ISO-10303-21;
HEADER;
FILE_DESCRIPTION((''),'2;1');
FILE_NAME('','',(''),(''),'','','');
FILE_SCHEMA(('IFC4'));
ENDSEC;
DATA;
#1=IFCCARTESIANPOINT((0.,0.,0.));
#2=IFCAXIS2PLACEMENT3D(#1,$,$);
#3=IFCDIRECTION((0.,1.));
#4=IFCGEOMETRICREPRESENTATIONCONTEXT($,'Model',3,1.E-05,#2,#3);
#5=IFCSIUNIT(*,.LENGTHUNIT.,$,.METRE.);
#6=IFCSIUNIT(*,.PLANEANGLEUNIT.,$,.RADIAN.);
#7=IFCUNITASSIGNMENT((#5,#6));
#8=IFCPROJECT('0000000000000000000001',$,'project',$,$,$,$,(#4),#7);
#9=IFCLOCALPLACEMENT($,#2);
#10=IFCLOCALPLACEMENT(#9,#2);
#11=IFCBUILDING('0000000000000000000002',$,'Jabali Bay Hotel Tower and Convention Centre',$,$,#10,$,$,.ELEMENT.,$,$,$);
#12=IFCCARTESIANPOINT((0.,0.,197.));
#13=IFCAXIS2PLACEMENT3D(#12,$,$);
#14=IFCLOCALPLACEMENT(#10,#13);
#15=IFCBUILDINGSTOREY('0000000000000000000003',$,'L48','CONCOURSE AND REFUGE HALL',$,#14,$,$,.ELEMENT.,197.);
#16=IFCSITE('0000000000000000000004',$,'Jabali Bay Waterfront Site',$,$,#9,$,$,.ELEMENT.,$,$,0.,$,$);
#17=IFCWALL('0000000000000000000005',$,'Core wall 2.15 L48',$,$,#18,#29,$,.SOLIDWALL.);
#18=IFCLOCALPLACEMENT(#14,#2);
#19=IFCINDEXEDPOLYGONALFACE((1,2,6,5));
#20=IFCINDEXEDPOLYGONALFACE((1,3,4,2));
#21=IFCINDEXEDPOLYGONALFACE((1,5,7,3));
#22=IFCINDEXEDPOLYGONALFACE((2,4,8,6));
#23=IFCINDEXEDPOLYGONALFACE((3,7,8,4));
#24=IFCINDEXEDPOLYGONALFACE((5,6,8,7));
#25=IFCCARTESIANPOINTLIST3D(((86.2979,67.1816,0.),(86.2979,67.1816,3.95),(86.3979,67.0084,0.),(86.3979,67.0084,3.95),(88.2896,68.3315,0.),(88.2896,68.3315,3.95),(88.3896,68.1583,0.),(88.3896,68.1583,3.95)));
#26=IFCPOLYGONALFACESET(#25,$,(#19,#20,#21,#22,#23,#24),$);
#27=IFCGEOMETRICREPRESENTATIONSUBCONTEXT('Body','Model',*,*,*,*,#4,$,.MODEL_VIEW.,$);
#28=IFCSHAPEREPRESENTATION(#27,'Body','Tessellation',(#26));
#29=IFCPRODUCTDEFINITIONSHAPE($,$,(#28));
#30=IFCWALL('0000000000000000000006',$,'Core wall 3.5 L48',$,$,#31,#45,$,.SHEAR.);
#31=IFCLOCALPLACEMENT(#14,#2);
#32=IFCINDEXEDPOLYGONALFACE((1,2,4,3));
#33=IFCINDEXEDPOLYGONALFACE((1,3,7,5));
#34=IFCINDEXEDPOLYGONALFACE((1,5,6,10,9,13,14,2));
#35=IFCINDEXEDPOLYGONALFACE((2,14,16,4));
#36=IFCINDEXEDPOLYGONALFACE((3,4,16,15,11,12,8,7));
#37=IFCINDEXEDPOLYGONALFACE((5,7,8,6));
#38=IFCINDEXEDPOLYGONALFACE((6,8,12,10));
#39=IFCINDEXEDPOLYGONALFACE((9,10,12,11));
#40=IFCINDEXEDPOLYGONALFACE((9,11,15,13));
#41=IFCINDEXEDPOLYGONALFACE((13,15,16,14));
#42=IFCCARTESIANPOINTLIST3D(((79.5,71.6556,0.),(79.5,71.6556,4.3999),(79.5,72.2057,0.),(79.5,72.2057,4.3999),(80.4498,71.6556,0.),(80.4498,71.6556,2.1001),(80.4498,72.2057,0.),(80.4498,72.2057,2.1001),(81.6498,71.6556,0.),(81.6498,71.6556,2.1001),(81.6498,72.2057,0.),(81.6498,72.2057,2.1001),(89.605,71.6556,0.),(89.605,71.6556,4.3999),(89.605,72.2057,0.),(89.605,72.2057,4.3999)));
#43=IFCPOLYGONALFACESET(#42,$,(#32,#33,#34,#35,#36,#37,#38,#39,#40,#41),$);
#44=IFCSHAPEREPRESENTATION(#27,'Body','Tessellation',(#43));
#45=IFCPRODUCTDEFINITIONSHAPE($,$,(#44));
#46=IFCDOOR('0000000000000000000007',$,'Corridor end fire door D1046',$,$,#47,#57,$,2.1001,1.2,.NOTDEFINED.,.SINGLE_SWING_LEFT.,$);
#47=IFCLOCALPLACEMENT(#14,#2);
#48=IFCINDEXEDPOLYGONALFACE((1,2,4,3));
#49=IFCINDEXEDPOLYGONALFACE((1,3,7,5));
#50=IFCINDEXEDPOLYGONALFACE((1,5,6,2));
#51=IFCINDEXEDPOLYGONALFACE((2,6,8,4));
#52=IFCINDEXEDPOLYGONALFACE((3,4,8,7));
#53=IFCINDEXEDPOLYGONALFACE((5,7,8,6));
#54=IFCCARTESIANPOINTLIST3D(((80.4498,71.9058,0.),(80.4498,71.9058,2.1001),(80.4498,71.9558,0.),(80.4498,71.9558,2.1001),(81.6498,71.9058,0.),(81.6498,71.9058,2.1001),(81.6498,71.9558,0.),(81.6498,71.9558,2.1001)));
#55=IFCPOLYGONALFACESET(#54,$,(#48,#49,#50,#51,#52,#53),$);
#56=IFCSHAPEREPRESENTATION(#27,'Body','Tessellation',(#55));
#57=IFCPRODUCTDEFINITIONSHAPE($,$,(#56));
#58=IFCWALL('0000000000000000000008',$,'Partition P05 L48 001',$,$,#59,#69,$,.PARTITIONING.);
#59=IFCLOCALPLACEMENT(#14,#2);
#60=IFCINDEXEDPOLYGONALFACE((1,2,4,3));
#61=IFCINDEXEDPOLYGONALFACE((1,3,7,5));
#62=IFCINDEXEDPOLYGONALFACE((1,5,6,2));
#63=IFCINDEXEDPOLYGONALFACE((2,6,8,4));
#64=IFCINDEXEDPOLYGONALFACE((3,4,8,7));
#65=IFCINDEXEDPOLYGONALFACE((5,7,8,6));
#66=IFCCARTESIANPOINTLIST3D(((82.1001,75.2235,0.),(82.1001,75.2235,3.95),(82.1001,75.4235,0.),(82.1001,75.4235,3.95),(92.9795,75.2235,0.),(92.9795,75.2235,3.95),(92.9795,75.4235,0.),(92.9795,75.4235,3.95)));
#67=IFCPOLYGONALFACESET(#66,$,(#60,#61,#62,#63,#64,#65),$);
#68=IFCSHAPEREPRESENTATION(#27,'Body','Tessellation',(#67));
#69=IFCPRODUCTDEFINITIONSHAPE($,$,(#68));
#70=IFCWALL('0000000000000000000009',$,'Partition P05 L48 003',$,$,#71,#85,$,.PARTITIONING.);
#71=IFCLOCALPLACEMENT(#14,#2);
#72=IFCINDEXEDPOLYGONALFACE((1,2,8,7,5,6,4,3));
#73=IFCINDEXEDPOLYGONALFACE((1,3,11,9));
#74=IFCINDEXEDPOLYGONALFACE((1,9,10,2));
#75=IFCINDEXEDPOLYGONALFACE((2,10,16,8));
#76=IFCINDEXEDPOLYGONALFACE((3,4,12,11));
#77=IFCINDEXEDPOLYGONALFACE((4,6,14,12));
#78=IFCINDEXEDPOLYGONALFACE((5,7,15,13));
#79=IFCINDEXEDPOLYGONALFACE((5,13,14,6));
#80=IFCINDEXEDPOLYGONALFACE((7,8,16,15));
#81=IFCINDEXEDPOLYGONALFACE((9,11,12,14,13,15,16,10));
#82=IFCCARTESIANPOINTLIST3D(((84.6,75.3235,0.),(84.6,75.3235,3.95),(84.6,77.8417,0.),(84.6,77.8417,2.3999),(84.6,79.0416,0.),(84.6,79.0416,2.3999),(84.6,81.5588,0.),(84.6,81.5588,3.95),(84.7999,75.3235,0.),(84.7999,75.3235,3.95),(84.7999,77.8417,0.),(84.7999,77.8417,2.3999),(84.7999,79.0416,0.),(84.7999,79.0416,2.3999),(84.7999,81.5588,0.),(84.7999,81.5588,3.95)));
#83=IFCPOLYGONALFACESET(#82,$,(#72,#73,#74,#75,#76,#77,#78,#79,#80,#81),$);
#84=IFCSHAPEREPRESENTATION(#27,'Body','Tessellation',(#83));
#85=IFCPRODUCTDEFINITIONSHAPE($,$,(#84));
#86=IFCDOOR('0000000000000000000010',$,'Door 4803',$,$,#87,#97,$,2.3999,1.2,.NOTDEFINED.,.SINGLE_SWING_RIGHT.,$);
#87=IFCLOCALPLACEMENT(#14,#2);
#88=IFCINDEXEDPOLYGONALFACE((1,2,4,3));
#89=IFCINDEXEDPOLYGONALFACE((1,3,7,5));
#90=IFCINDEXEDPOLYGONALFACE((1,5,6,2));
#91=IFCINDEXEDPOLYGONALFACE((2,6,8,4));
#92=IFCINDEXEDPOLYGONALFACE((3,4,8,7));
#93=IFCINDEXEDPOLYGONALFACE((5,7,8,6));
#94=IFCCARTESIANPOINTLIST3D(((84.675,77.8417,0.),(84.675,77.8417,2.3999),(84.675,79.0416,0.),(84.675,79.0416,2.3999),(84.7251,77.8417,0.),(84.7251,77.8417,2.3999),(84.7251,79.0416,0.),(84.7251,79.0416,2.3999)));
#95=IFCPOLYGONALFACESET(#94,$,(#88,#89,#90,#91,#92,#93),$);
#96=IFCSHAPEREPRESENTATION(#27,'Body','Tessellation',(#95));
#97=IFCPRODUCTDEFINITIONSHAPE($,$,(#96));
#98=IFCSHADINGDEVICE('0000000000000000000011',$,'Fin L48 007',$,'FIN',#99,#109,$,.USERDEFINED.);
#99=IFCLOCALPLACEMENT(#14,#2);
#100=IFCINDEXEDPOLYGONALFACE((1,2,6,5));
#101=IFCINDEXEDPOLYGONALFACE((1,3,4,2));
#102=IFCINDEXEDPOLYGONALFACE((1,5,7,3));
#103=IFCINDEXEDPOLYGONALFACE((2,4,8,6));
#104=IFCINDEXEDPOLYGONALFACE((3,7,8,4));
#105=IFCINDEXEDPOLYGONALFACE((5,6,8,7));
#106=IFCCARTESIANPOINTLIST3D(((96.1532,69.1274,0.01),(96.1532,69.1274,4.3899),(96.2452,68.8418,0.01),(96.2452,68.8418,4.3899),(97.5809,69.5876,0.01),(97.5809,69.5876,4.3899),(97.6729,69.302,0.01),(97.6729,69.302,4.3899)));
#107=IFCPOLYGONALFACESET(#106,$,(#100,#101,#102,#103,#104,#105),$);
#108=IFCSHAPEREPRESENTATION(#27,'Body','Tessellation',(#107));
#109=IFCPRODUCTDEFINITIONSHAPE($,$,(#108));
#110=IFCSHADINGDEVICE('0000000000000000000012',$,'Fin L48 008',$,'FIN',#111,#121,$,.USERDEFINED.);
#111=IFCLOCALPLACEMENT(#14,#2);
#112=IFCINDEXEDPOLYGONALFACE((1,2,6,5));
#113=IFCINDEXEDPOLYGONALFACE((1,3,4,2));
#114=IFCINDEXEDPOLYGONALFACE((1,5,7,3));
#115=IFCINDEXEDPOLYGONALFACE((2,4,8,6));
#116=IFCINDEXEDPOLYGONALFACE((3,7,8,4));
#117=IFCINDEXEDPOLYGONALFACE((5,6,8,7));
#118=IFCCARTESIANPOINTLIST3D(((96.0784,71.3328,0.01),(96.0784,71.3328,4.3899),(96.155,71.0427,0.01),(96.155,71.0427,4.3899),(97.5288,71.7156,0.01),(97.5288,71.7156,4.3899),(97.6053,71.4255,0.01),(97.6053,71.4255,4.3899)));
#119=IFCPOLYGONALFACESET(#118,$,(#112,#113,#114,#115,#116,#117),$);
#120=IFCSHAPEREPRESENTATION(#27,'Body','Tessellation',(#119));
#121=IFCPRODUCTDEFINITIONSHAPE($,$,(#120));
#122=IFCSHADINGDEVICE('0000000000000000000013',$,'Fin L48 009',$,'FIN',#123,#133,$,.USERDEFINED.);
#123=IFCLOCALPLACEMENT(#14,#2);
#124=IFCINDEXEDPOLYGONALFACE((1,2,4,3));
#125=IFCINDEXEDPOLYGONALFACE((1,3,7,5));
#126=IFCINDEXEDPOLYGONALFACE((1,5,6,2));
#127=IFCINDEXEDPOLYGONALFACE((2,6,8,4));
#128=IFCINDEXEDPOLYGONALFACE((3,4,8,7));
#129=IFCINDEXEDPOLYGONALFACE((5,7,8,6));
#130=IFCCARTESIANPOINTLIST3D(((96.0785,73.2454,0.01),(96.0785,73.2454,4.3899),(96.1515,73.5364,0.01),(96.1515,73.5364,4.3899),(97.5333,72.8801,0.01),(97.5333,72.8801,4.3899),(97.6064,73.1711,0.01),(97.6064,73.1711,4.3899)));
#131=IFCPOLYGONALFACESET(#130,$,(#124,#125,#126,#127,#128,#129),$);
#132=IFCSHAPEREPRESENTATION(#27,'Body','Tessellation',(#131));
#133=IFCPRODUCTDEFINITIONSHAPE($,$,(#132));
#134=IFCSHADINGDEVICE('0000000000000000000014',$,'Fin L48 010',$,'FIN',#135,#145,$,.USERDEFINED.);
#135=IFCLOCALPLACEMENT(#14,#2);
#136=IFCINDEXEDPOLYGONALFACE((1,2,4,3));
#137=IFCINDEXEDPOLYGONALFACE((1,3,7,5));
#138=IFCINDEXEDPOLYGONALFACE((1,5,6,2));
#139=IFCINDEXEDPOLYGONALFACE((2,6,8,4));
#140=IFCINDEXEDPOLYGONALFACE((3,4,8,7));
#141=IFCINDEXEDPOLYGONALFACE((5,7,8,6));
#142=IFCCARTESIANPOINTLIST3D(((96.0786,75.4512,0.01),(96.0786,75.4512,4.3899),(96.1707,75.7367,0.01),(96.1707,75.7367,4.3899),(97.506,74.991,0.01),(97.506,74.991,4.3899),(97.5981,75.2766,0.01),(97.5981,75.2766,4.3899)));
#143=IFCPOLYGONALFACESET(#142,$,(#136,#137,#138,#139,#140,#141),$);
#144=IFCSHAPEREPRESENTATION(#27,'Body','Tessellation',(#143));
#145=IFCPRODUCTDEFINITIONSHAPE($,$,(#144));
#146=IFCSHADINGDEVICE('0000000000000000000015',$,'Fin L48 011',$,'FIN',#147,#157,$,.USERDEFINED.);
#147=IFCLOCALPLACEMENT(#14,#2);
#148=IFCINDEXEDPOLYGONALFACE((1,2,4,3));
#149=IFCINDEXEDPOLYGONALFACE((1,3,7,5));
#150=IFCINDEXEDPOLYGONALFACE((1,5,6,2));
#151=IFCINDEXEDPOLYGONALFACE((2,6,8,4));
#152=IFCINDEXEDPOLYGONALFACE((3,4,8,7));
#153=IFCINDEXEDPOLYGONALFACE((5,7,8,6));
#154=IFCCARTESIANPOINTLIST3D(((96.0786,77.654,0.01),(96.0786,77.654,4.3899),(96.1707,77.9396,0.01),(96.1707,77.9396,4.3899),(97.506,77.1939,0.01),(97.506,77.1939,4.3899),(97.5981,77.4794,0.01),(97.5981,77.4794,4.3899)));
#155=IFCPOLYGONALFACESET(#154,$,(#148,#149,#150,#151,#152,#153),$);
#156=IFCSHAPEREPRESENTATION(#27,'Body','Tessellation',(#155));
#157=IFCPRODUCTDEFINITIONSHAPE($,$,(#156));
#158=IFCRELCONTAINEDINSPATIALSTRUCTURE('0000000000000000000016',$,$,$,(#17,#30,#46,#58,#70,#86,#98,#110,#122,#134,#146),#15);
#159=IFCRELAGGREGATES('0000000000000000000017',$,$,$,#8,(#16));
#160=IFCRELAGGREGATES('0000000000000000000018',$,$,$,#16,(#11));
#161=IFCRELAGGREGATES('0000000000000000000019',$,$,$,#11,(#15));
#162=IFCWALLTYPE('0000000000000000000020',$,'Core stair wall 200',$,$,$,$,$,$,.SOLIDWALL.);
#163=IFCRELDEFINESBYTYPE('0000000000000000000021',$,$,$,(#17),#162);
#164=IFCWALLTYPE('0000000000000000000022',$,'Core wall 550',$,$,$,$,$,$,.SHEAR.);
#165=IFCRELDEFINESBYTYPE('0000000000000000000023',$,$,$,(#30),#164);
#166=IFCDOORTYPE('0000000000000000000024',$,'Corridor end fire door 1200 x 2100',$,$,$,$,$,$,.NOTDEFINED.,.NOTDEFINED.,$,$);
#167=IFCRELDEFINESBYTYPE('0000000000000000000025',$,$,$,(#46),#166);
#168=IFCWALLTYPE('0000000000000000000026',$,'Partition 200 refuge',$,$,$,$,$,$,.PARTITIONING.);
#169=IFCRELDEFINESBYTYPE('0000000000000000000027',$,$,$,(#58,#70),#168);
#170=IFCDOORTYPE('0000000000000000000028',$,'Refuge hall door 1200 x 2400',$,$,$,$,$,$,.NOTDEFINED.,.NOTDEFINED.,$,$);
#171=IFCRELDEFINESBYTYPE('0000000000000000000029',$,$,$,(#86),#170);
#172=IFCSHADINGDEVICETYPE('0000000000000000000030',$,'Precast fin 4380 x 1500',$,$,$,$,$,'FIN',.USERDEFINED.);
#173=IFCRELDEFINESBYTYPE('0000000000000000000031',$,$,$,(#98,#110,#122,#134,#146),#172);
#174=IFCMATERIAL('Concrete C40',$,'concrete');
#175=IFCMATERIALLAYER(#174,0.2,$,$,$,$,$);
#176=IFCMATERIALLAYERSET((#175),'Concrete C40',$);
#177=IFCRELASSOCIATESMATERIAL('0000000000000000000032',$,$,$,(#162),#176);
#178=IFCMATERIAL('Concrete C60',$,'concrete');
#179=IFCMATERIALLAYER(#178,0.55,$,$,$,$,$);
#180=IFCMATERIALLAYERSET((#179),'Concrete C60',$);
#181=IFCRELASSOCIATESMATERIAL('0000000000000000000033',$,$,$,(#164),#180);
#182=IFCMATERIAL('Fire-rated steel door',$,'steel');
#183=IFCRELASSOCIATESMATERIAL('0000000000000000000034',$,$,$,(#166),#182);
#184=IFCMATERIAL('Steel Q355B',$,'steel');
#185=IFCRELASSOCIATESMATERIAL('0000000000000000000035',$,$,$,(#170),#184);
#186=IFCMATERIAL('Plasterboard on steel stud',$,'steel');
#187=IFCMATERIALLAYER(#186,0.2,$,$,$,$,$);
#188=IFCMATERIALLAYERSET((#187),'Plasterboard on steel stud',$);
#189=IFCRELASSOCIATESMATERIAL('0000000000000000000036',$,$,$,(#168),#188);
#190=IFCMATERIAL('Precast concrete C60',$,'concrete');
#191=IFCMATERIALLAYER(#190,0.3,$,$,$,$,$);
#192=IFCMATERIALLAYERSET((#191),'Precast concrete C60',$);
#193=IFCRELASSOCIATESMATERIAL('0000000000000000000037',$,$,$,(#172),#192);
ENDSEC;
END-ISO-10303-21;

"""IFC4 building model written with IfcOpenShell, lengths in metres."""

from ifc_helpers import new_model, si_unit, direction, frame, frame_2d, origin, place, context, subcontext, project, spatial, rectangle, extrude, material, layer, layer_set, type_object, element, fill, save


model = new_model("IFC4")

# Units and contexts
model_context = context("Model", 3, precision=1e-05, world=origin(), true_north=direction((0.0, 1.0)))
body_context = subcontext(model_context, "Body", "Model", "MODEL_VIEW")
ifc_project = project(units=[si_unit("LENGTHUNIT", "METRE"), si_unit("PLANEANGLEUNIT", "RADIAN")], contexts=[model_context])

# Site, building, storey
site_placement = place(None, origin())
site = spatial("IfcSite", under=ifc_project, at=site_placement, Name="Jabali Bay Waterfront Site", CompositionType="ELEMENT", RefElevation=0.0)
building_placement = place(site_placement, origin())
building = spatial("IfcBuilding", under=site, at=building_placement, Name="Jabali Bay Hotel Tower and Convention Centre", CompositionType="ELEMENT")
storey_placement = place(building_placement, frame((0.0, 0.0, 197.0)))
storey = spatial("IfcBuildingStorey", under=building, at=storey_placement, Name="L48", Description="CONCOURSE AND REFUGE HALL", CompositionType="ELEMENT", Elevation=197.0)

# Shared definitions
ifc_material_1 = material(Name="Concrete C60", Category="concrete")

# Shared definitions
ifc_material_2 = material(Name="Concrete C40", Category="concrete")
ifc_material_3 = material(Name="Fire-rated steel door", Category="steel")

# Wall
ifc_layer_1 = layer(ifc_material_2, 0.2)
ifc_layer_set_1 = layer_set([ifc_layer_1], Name="Concrete C40")
wall_type_1 = type_object("IfcWallType", Name="Core stair wall 200", PredefinedType="SOLIDWALL", material=ifc_layer_set_1)
wall_1_placement = place(storey_placement, frame((86.3479, 67.095, 0.0), z_axis=(0.0, 0.0, 1.0), x_axis=(0.866026, 0.499998, 0.0)))
element("IfcWall", 1, at=wall_1_placement, inside=storey, type_object=wall_type_1, Name="Core wall 2.15 L48", PredefinedType="SOLIDWALL", context=body_context, shape_type="SweptSolid", body=[
    extrude(rectangle(XDim=2.2998, YDim=0.2, at=frame_2d((1.1499, 0.0))), origin(), (0.0, 0.0, 1.0), 3.95),
])

# Wall, opening, door
ifc_layer_2 = layer(ifc_material_1, 0.55)
ifc_layer_set_2 = layer_set([ifc_layer_2], Name="Concrete C60")
wall_type_2 = type_object("IfcWallType", Name="Core wall 550", PredefinedType="SHEAR", material=ifc_layer_set_2)
wall_2_placement = place(storey_placement, frame((89.605, 71.9307, 0.0), z_axis=(0.0, 0.0, 1.0), x_axis=(-1.0, 0.0, 0.0)))
wall_2 = element("IfcWall", 2, at=wall_2_placement, inside=storey, type_object=wall_type_2, Name="Core wall 3.5 L48", PredefinedType="SHEAR", context=body_context, shape_type="SweptSolid", body=[
    extrude(rectangle(XDim=10.105, YDim=0.55, at=frame_2d((5.0525, 0.0))), origin(), (0.0, 0.0, 1.0), 4.3999),
])
opening_1_placement = place(wall_2_placement, frame((7.9551, 0.0, 0.0)))
opening_1 = element("IfcOpeningElement", 3, at=opening_1_placement, cuts=wall_2, PredefinedType="OPENING", context=body_context, shape_type="SweptSolid", body=[
    extrude(rectangle(XDim=1.2, YDim=2.1001, at=frame_2d((0.6001, 1.05))), frame((0.0, 0.2856, 0.0), z_axis=(0.0, -1.0, 0.0), x_axis=(1.0, 0.0, 0.0)), (0.0, 0.0, 1.0), 0.571),
])
door_type_1 = type_object("IfcDoorType", Name="Corridor end fire door 1200 x 2100", OperationType="NOTDEFINED", PredefinedType="NOTDEFINED", material=ifc_material_3)
door_1_placement = place(opening_1_placement, origin())
door_1 = element("IfcDoor", 4, at=door_1_placement, inside=storey, type_object=door_type_1, Name="Corridor end fire door D1046", OperationType="SINGLE_SWING_LEFT", OverallHeight=2.1001, OverallWidth=1.2, PredefinedType="NOTDEFINED", context=body_context, shape_type="SweptSolid", body=[
    extrude(rectangle(XDim=1.2, YDim=2.1001, at=frame_2d((0.6001, 1.05))), frame((0.0, 0.0249, 0.0), z_axis=(0.0, -1.0, 0.0), x_axis=(1.0, 0.0, 0.0)), (0.0, 0.0, 1.0), 0.05),
])
fill(opening_1, door_1)

# Shared definitions
ifc_material_4 = material(Name="Steel Q355B", Category="steel")
door_type_2 = type_object("IfcDoorType", Name="Refuge hall door 1200 x 2400", OperationType="NOTDEFINED", PredefinedType="NOTDEFINED", material=ifc_material_4)

# Shared definitions
ifc_material_5 = material(Name="Plasterboard on steel stud", Category="steel")

# Wall
ifc_layer_3 = layer(ifc_material_5, 0.2)
ifc_layer_set_3 = layer_set([ifc_layer_3], Name="Plasterboard on steel stud")
wall_type_3 = type_object("IfcWallType", Name="Partition 200 refuge", PredefinedType="PARTITIONING", material=ifc_layer_set_3)
wall_3_placement = place(storey_placement, frame((92.9795, 75.3235, 0.0), z_axis=(0.0, 0.0, 1.0), x_axis=(-1.0, 0.0, 0.0)))
element("IfcWall", 5, at=wall_3_placement, inside=storey, type_object=wall_type_3, Name="Partition P05 L48 001", PredefinedType="PARTITIONING", context=body_context, shape_type="SweptSolid", body=[
    extrude(rectangle(XDim=10.8794, YDim=0.2, at=frame_2d((5.4397, 0.0))), origin(), (0.0, 0.0, 1.0), 3.95),
])

# Wall, opening, door
wall_4_placement = place(storey_placement, frame((84.7, 75.3235, 0.0), z_axis=(0.0, 0.0, 1.0), x_axis=(0.0, 1.0, 0.0)))
wall_4 = element("IfcWall", 6, at=wall_4_placement, inside=storey, type_object=wall_type_3, Name="Partition P05 L48 003", PredefinedType="PARTITIONING", context=body_context, shape_type="SweptSolid", body=[
    extrude(rectangle(XDim=6.2354, YDim=0.2, at=frame_2d((3.1177, 0.0))), origin(), (0.0, 0.0, 1.0), 3.95),
])
opening_2_placement = place(wall_4_placement, frame((2.5181, 0.0, 0.0)))
opening_2 = element("IfcOpeningElement", 7, at=opening_2_placement, cuts=wall_4, PredefinedType="OPENING", context=body_context, shape_type="SweptSolid", body=[
    extrude(rectangle(XDim=1.2, YDim=2.3999, at=frame_2d((0.6001, 1.2))), frame((0.0, 0.1104, 0.0), z_axis=(0.0, -1.0, 0.0), x_axis=(1.0, 0.0, 0.0)), (0.0, 0.0, 1.0), 0.2209),
])
door_2_placement = place(opening_2_placement, origin())
door_2 = element("IfcDoor", 8, at=door_2_placement, inside=storey, type_object=door_type_2, Name="Door 4803", OperationType="SINGLE_SWING_RIGHT", OverallHeight=2.3999, OverallWidth=1.2, PredefinedType="NOTDEFINED", context=body_context, shape_type="SweptSolid", body=[
    extrude(rectangle(XDim=1.2, YDim=2.3999, at=frame_2d((0.6001, 1.2))), frame((0.0, 0.0249, 0.0), z_axis=(0.0, -1.0, 0.0), x_axis=(1.0, 0.0, 0.0)), (0.0, 0.0, 1.0), 0.05),
])
fill(opening_2, door_2)

# Shading devices
ifc_material_6 = material(Name="Precast concrete C60", Category="concrete")
ifc_layer_4 = layer(ifc_material_6, 0.3)
ifc_layer_set_4 = layer_set([ifc_layer_4], Name="Precast concrete C60")
shading_device_type = type_object("IfcShadingDeviceType", Name="Precast fin 4380 x 1500", ElementType="FIN", PredefinedType="USERDEFINED", material=ifc_layer_set_4)
for number, where, z_axis, x_axis, name in (
    (9, (96.1992, 68.9846, 0.01), (0.0, 0.0, 1.0), (0.951778, 0.306789, 0.0), "Fin L48 007"),
    (10, (96.1167, 71.1877, 0.01), (0.0, 0.0, 1.0), (0.966891, 0.25519, 0.0), "Fin L48 008"),
    (11, (96.115, 73.3909, 0.01), (0.0, 0.0, 1.0), (0.969903, -0.243493, 0.0), "Fin L48 009"),
):
    element("IfcShadingDevice", number, at=place(storey_placement, frame(where, z_axis=z_axis, x_axis=x_axis)), inside=storey, type_object=shading_device_type, Name=name, ObjectType="FIN", PredefinedType="USERDEFINED", context=body_context, shape_type="SweptSolid", body=[
        extrude(rectangle(XDim=1.5, YDim=0.3, at=frame_2d((0.75, 0.0))), origin(), (0.0, 0.0, 1.0), 4.3799),
    ])
for number, where, z_axis, x_axis, name in (
    (12, (96.1245, 75.594, 0.01), (0.0, 0.0, 1.0), (0.951762, -0.306836, 0.0), "Fin L48 010"),
    (13, (96.1245, 77.7969, 0.01), (0.0, 0.0, 1.0), (0.951762, -0.306836, 0.0), "Fin L48 011"),
):
    element("IfcShadingDevice", number, at=place(storey_placement, frame(where, z_axis=z_axis, x_axis=x_axis)), inside=storey, type_object=shading_device_type, Name=name, ObjectType="FIN", PredefinedType="USERDEFINED", context=body_context, shape_type="SweptSolid", body=[
        extrude(rectangle(XDim=1.4998, YDim=0.3, at=frame_2d((0.75, 0.0))), origin(), (0.0, 0.0, 1.0), 4.3799),
    ])

save(model, "model.ifc")
